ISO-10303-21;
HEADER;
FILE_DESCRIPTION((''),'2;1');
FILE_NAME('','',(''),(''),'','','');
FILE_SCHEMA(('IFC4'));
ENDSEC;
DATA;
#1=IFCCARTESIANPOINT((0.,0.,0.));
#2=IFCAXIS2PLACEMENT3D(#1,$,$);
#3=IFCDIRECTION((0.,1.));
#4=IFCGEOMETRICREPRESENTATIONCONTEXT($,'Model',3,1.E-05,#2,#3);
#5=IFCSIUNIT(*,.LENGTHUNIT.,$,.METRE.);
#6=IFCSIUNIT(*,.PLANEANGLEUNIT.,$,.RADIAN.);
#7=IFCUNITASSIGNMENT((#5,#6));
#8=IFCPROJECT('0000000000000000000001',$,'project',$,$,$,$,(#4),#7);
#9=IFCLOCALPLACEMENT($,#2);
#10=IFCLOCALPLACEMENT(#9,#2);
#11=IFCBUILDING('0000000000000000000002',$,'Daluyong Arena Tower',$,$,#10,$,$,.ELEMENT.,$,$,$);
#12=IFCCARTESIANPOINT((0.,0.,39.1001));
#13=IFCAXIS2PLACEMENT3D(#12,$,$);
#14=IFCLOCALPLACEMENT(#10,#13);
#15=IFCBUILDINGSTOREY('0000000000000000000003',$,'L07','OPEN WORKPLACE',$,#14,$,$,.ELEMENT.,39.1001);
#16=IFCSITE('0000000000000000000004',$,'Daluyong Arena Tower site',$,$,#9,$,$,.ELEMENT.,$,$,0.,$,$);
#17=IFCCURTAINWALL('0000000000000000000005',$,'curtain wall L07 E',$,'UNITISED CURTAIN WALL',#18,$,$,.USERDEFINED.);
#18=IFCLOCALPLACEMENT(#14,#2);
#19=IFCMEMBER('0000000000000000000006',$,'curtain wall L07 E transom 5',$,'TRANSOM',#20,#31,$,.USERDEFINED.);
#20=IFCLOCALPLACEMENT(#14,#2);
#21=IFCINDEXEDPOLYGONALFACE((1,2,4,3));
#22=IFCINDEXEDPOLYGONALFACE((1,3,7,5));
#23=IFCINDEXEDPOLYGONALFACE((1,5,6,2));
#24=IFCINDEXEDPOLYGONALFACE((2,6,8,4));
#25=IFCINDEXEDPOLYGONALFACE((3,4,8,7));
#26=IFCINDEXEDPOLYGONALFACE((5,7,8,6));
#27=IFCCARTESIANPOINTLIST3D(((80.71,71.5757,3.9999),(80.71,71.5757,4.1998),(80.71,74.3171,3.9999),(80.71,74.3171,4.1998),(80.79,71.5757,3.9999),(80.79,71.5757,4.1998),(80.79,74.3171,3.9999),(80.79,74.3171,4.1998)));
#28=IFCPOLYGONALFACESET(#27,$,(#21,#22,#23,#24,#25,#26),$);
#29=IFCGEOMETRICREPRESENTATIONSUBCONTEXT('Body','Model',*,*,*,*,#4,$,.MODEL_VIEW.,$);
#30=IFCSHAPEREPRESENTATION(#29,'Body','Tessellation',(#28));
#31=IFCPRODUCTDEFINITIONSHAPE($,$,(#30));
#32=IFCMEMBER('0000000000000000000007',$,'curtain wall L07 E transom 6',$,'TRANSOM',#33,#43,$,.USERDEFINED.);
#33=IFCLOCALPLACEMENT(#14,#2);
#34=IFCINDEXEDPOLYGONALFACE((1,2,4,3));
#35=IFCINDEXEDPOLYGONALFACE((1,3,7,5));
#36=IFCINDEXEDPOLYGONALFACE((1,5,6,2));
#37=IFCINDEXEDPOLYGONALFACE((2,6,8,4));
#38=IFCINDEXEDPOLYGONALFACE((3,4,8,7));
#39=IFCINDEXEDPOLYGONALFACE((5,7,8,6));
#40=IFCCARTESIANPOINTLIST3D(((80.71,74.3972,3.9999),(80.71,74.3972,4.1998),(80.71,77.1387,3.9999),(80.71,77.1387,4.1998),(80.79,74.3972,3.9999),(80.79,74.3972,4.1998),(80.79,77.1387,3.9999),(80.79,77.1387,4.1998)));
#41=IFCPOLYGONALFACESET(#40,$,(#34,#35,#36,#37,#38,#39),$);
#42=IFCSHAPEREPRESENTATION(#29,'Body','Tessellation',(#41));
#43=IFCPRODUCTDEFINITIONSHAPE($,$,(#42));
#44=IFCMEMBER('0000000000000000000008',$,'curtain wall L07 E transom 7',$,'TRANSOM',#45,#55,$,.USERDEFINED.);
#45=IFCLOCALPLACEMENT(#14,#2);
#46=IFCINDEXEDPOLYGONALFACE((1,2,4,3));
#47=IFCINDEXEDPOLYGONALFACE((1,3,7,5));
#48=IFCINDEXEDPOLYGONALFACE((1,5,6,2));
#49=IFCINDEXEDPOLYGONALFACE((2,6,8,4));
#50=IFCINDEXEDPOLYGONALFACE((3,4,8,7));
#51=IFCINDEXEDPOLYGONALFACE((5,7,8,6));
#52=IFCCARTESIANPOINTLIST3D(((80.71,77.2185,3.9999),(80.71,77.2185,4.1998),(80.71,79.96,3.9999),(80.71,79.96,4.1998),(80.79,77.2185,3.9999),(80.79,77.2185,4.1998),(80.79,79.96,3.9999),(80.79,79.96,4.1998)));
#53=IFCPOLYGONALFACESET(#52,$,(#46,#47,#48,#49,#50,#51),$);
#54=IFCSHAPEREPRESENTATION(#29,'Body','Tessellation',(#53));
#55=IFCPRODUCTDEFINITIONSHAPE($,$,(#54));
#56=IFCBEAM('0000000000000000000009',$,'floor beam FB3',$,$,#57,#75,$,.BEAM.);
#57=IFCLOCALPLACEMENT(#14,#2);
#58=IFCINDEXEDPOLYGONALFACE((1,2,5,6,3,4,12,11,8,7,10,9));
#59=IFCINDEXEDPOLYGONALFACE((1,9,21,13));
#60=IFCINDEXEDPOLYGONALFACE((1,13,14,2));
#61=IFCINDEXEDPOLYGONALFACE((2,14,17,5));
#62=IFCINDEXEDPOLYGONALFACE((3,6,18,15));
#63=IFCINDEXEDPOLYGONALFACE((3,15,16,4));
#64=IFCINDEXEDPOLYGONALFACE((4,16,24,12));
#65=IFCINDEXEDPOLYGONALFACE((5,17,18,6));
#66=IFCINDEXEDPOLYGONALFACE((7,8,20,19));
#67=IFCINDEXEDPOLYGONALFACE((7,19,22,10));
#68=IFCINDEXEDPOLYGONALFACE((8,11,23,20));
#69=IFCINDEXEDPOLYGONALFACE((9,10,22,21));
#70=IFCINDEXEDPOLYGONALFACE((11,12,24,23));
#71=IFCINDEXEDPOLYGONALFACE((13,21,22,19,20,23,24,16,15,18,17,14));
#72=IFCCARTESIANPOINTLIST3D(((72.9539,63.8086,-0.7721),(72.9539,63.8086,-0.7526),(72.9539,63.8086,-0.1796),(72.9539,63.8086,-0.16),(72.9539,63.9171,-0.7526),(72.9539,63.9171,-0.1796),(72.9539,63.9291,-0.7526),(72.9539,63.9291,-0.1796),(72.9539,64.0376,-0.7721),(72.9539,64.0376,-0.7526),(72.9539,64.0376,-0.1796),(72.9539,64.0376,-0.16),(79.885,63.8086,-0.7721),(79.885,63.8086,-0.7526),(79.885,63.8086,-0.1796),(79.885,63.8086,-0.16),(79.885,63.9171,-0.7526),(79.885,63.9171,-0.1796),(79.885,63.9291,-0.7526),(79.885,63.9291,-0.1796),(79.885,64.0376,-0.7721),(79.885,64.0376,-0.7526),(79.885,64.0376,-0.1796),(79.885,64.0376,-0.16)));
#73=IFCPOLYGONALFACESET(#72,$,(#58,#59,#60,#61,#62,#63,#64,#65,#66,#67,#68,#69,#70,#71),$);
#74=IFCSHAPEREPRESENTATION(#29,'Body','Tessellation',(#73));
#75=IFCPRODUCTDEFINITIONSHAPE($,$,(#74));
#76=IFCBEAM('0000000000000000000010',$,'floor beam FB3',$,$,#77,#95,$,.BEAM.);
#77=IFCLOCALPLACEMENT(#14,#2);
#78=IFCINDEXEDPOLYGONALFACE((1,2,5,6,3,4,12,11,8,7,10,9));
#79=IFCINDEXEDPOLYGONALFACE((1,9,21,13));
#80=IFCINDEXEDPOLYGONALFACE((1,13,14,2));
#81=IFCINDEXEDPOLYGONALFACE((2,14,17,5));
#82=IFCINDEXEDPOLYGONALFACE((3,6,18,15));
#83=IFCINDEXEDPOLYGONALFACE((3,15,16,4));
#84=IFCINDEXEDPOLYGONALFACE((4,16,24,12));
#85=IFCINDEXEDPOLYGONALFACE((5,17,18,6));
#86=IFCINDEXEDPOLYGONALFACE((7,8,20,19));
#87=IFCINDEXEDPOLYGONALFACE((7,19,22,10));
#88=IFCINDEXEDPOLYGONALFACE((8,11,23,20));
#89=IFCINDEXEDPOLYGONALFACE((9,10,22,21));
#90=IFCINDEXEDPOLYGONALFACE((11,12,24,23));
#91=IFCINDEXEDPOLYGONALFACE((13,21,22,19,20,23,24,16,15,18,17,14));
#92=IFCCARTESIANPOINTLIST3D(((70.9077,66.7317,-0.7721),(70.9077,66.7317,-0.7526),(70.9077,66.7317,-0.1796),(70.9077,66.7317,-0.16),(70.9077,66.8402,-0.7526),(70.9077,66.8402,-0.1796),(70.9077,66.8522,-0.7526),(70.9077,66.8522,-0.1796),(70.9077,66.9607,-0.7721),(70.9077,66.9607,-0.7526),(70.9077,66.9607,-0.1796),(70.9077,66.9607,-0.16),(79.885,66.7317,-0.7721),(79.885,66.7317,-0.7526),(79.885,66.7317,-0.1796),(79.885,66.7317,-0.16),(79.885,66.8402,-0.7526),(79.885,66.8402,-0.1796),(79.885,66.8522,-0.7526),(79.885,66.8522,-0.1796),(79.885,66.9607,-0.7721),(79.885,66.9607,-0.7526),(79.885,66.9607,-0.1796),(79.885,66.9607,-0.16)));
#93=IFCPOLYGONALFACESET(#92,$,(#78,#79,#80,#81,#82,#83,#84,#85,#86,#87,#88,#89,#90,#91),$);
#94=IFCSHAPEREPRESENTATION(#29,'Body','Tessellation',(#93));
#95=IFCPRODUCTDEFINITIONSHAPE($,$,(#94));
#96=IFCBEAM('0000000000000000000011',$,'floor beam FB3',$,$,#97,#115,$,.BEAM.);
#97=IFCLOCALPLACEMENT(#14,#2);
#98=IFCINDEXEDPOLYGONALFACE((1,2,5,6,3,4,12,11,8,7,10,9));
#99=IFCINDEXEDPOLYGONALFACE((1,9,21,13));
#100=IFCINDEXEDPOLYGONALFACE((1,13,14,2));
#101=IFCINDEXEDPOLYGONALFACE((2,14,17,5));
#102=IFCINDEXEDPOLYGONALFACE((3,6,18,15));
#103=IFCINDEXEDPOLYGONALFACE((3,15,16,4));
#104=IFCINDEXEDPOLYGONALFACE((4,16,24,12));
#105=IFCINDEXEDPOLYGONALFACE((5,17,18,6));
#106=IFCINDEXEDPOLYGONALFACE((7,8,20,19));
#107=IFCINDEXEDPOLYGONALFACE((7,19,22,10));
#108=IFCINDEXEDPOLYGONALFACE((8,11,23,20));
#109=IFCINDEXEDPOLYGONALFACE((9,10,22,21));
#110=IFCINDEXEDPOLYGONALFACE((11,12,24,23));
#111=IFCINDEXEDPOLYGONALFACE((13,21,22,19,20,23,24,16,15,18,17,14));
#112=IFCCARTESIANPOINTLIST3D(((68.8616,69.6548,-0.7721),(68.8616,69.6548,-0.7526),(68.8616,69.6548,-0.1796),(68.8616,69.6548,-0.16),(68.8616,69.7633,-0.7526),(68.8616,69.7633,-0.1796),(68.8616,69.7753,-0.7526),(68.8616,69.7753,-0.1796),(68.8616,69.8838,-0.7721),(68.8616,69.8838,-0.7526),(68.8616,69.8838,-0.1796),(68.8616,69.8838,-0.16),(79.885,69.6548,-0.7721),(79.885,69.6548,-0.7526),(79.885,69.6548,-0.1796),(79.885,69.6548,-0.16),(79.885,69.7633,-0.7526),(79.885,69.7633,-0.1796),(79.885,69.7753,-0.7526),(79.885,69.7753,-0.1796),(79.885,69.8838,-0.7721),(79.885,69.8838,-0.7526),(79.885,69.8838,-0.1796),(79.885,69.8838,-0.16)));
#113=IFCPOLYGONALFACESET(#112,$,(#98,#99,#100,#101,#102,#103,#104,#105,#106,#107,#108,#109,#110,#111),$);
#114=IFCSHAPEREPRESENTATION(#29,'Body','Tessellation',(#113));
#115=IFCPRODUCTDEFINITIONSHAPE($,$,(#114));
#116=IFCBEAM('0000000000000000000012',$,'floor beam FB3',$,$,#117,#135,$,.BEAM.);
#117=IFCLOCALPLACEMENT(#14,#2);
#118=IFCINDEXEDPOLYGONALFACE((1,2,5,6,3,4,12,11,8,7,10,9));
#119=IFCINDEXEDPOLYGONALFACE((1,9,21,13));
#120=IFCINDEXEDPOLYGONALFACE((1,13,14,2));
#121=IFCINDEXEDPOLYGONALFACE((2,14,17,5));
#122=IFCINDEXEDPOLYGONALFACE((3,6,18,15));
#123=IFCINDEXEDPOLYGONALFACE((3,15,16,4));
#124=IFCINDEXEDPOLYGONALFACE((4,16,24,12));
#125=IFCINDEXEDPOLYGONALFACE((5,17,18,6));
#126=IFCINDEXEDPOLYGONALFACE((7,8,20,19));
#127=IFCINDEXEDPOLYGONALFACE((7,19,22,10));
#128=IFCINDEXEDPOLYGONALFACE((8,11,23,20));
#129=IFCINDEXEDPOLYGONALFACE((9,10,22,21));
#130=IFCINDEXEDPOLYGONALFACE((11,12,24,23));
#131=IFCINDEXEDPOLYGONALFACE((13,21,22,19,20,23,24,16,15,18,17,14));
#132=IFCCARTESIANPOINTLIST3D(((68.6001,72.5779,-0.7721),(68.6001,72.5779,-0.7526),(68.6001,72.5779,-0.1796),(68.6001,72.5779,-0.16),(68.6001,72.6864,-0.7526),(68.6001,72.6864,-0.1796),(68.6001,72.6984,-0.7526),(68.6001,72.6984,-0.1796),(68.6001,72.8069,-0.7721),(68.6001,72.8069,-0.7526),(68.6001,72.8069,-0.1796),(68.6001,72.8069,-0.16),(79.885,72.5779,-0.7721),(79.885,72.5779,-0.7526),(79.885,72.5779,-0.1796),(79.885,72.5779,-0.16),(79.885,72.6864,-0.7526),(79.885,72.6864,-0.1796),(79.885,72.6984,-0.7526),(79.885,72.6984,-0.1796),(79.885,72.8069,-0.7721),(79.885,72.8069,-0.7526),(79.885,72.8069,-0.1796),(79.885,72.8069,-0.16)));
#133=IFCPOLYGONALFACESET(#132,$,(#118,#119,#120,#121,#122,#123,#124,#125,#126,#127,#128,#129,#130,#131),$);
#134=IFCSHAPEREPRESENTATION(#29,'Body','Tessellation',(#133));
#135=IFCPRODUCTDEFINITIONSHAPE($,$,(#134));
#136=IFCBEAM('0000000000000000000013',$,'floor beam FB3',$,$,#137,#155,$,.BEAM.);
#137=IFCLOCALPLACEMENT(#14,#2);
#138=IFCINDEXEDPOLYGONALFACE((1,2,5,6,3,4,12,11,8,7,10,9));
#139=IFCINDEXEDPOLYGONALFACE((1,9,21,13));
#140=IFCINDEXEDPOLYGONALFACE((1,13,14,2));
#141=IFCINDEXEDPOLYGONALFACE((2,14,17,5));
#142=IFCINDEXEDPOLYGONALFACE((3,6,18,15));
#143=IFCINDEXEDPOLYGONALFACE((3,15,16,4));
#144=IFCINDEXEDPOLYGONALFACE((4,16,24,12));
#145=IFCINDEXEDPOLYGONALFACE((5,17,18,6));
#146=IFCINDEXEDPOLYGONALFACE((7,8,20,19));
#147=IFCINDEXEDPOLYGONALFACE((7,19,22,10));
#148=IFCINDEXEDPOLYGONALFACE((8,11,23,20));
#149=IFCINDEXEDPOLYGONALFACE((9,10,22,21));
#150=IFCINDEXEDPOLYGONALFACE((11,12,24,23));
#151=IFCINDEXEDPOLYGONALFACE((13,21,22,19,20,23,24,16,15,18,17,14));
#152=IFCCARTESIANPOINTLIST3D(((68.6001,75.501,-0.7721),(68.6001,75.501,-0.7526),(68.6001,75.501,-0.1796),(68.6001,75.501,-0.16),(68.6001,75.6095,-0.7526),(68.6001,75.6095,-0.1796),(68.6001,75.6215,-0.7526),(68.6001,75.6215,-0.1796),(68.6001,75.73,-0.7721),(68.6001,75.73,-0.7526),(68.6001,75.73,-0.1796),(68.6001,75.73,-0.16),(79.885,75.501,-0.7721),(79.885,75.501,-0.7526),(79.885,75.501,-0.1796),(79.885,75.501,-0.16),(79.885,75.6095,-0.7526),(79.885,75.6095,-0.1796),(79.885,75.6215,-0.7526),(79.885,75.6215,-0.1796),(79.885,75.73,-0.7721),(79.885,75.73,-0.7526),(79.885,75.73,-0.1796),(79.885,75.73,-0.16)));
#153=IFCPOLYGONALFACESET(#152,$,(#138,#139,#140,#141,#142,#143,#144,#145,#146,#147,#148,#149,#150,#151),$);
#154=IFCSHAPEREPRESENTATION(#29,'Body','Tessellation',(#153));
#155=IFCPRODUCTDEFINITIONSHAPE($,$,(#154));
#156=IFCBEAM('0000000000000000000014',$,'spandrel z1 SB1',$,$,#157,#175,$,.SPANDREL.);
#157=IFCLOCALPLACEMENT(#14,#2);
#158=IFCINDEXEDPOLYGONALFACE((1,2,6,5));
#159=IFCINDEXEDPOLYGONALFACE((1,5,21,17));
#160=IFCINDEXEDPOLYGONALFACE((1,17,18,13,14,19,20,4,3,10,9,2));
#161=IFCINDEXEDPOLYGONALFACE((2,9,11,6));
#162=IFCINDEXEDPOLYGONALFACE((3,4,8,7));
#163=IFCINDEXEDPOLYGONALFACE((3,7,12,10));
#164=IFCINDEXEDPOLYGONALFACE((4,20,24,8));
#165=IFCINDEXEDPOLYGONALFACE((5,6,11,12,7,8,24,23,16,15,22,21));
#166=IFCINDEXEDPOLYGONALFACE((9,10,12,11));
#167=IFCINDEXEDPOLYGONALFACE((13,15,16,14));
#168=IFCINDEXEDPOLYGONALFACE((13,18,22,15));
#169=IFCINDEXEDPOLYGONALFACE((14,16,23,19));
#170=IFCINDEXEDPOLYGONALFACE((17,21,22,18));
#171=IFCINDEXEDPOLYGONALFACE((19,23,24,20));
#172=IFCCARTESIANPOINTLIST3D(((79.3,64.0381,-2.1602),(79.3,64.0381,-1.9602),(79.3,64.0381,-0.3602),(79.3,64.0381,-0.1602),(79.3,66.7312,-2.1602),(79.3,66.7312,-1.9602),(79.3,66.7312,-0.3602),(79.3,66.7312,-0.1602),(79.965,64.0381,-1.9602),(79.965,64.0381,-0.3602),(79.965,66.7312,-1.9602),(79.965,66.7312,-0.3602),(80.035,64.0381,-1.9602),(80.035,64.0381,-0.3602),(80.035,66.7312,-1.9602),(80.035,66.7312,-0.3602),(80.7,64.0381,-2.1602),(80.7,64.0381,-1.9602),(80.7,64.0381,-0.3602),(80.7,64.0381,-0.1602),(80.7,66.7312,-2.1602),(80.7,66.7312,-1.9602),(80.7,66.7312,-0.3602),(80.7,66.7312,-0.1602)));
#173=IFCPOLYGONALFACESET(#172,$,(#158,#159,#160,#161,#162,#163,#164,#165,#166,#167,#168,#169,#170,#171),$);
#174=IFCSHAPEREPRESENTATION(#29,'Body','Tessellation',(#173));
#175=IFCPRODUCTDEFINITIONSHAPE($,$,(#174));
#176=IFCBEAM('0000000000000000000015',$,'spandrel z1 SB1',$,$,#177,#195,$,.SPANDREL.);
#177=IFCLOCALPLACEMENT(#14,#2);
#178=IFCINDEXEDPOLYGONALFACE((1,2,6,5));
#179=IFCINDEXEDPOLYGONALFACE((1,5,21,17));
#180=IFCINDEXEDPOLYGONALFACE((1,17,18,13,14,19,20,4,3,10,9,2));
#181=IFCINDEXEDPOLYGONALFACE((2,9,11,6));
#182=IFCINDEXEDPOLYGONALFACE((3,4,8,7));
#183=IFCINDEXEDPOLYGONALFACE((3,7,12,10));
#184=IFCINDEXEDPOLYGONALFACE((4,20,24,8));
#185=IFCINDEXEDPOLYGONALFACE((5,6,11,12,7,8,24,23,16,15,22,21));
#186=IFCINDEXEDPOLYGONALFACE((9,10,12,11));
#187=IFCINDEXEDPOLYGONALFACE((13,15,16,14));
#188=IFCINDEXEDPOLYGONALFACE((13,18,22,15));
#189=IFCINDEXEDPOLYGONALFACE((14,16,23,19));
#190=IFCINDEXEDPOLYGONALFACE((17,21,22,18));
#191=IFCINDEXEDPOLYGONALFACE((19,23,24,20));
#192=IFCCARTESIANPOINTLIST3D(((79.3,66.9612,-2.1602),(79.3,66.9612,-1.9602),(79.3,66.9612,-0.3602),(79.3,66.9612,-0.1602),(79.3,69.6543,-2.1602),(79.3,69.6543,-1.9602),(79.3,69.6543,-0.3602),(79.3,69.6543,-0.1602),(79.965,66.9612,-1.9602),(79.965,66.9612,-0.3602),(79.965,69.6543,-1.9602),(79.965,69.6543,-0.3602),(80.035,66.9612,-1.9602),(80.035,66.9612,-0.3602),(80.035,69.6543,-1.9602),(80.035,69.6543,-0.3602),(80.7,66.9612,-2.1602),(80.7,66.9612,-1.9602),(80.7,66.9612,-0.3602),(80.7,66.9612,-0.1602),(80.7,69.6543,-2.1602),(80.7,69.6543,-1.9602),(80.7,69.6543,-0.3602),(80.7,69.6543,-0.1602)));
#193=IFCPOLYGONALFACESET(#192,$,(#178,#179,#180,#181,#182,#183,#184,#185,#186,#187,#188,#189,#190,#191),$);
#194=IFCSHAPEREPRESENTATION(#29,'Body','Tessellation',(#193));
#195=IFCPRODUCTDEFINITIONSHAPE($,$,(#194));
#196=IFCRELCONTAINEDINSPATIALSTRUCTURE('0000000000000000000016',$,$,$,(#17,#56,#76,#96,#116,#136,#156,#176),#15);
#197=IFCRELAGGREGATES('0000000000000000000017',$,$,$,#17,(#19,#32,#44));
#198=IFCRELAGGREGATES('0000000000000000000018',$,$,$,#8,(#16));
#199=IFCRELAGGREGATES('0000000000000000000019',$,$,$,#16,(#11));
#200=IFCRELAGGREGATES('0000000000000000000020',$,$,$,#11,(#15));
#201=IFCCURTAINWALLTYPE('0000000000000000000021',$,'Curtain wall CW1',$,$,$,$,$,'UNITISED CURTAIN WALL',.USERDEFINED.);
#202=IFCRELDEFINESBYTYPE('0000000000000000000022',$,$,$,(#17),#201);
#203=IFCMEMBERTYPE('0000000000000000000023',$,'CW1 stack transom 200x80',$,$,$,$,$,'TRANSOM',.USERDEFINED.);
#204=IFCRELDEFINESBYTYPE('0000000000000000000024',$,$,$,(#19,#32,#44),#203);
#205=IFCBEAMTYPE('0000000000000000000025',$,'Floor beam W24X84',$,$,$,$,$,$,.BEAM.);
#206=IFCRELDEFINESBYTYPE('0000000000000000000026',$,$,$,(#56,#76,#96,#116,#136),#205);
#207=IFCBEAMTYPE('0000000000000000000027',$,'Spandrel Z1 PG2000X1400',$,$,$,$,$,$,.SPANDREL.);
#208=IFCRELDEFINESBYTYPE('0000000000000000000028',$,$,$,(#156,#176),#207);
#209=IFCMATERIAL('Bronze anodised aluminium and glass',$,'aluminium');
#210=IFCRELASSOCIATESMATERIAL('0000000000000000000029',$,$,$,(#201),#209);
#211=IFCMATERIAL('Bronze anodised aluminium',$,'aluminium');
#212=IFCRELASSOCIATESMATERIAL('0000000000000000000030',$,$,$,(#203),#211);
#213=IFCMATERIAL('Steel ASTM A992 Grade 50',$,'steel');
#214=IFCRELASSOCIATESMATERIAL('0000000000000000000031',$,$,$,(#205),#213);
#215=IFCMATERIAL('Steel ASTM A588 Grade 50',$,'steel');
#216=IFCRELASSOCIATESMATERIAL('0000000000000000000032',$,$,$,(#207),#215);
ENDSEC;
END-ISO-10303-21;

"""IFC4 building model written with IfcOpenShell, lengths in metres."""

from ifc_helpers import new_model, si_unit, direction, frame, origin, origin_2d, place, context, subcontext, project, spatial, rectangle, i_section, extrude, material, material_profile, profile_set, type_object, element, aggregate, save


model = new_model("IFC4")

# Units and contexts
model_context = context("Model", 3, precision=1e-05, world=origin(), true_north=direction((0.0, 1.0)))
body_context = subcontext(model_context, "Body", "Model", "MODEL_VIEW")
ifc_project = project(units=[si_unit("LENGTHUNIT", "METRE"), si_unit("PLANEANGLEUNIT", "RADIAN")], contexts=[model_context])

# Site, building, storey
site_placement = place(None, origin())
site = spatial("IfcSite", under=ifc_project, at=site_placement, Name="Daluyong Arena Tower site", CompositionType="ELEMENT", RefElevation=0.0)
building_placement = place(site_placement, origin())
building = spatial("IfcBuilding", under=site, at=building_placement, Name="Daluyong Arena Tower", CompositionType="ELEMENT")
storey_placement = place(building_placement, frame((0.0, 0.0, 39.1001)))
storey = spatial("IfcBuildingStorey", under=building, at=storey_placement, Name="L07", Description="OPEN WORKPLACE", CompositionType="ELEMENT", Elevation=39.1001)

# Curtain wall, members
ifc_material_1 = material(Name="Bronze anodised aluminium and glass", Category="aluminium")
curtain_wall_type = type_object("IfcCurtainWallType", Name="Curtain wall CW1", ElementType="UNITISED CURTAIN WALL", PredefinedType="USERDEFINED", material=ifc_material_1)
curtain_wall_placement = place(storey_placement, origin())
curtain_wall = element("IfcCurtainWall", 1, at=curtain_wall_placement, inside=storey, type_object=curtain_wall_type, Name="curtain wall L07 E", ObjectType="UNITISED CURTAIN WALL", PredefinedType="USERDEFINED")
ifc_material_2 = material(Name="Bronze anodised aluminium", Category="aluminium")
ifc_material_profile_1 = material_profile(ifc_material_2, rectangle(XDim=0.0801, YDim=0.2, at=origin_2d()))
ifc_profile_set_1 = profile_set([ifc_material_profile_1], Name="Bronze anodised aluminium")
member_type_1 = type_object("IfcMemberType", Name="CW1 stack transom 200x80", ElementType="TRANSOM", PredefinedType="USERDEFINED", material=ifc_profile_set_1)
member_1_placement = place(storey_placement, frame((80.75, 71.5757, 4.0999), z_axis=(0.0, 1.0, 0.0), x_axis=(-1.0, 0.0, 0.0)))
member_1 = element("IfcMember", 2, at=member_1_placement, type_object=member_type_1, Name="curtain wall L07 E transom 5", ObjectType="TRANSOM", PredefinedType="USERDEFINED", context=body_context, shape_type="SweptSolid", body=[
    extrude(rectangle(XDim=0.0801, YDim=0.2, at=origin_2d()), origin(), (0.0, 0.0, 1.0), 2.7415),
])
member_2_placement = place(storey_placement, frame((80.75, 74.3972, 4.0999), z_axis=(0.0, 1.0, 0.0), x_axis=(-1.0, 0.0, 0.0)))
member_2 = element("IfcMember", 3, at=member_2_placement, type_object=member_type_1, Name="curtain wall L07 E transom 6", ObjectType="TRANSOM", PredefinedType="USERDEFINED", context=body_context, shape_type="SweptSolid", body=[
    extrude(rectangle(XDim=0.0801, YDim=0.2, at=origin_2d()), origin(), (0.0, 0.0, 1.0), 2.7415),
])
member_3_placement = place(storey_placement, frame((80.75, 77.2185, 4.0999), z_axis=(0.0, 1.0, 0.0), x_axis=(-1.0, 0.0, 0.0)))
member_3 = element("IfcMember", 4, at=member_3_placement, type_object=member_type_1, Name="curtain wall L07 E transom 7", ObjectType="TRANSOM", PredefinedType="USERDEFINED", context=body_context, shape_type="SweptSolid", body=[
    extrude(rectangle(XDim=0.0801, YDim=0.2, at=origin_2d()), origin(), (0.0, 0.0, 1.0), 2.7415),
])

# Beams
ifc_material_3 = material(Name="Steel ASTM A992 Grade 50", Category="steel")
ifc_material_profile_2 = material_profile(ifc_material_3, i_section(OverallWidth=0.229, OverallDepth=0.6121, WebThickness=0.012, FlangeThickness=0.0195, at=origin_2d()))
ifc_profile_set_2 = profile_set([ifc_material_profile_2], Name="Steel ASTM A992 Grade 50")
beam_type_1 = type_object("IfcBeamType", Name="Floor beam W24X84", PredefinedType="BEAM", material=ifc_profile_set_2)
beam_1_placement = place(storey_placement, frame((79.885, 63.9231, -0.4661), z_axis=(-1.0, 0.0, 0.0), x_axis=(0.0, -1.0, 0.0)))
element("IfcBeam", 5, at=beam_1_placement, inside=storey, type_object=beam_type_1, Name="floor beam FB3", PredefinedType="BEAM", context=body_context, shape_type="SweptSolid", body=[
    extrude(i_section(OverallWidth=0.229, OverallDepth=0.6121, WebThickness=0.012, FlangeThickness=0.0195, at=origin_2d()), origin(), (0.0, 0.0, 1.0), 6.9312),
])
beam_2_placement = place(storey_placement, frame((79.885, 66.8462, -0.4661), z_axis=(-1.0, 0.0, 0.0), x_axis=(0.0, -1.0, 0.0)))
element("IfcBeam", 6, at=beam_2_placement, inside=storey, type_object=beam_type_1, Name="floor beam FB3", PredefinedType="BEAM", context=body_context, shape_type="SweptSolid", body=[
    extrude(i_section(OverallWidth=0.229, OverallDepth=0.6121, WebThickness=0.012, FlangeThickness=0.0195, at=origin_2d()), origin(), (0.0, 0.0, 1.0), 8.9773),
])
beam_3_placement = place(storey_placement, frame((79.885, 69.7693, -0.4661), z_axis=(-1.0, 0.0, 0.0), x_axis=(0.0, -1.0, 0.0)))
element("IfcBeam", 7, at=beam_3_placement, inside=storey, type_object=beam_type_1, Name="floor beam FB3", PredefinedType="BEAM", context=body_context, shape_type="SweptSolid", body=[
    extrude(i_section(OverallWidth=0.229, OverallDepth=0.6121, WebThickness=0.012, FlangeThickness=0.0195, at=origin_2d()), origin(), (0.0, 0.0, 1.0), 11.0234),
])
for number, where, z_axis, x_axis, name in (
    (8, (79.885, 72.6924, -0.4661), (-1.0, 0.0, 0.0), (0.0, -1.0, 0.0), "floor beam FB3"),
    (9, (79.885, 75.6155, -0.4661), (-1.0, 0.0, 0.0), (0.0, -1.0, 0.0), "floor beam FB3"),
):
    element("IfcBeam", number, at=place(storey_placement, frame(where, z_axis=z_axis, x_axis=x_axis)), inside=storey, type_object=beam_type_1, Name=name, PredefinedType="BEAM", context=body_context, shape_type="SweptSolid", body=[
        extrude(i_section(OverallWidth=0.229, OverallDepth=0.6121, WebThickness=0.012, FlangeThickness=0.0195, at=origin_2d()), origin(), (0.0, 0.0, 1.0), 11.2849),
    ])
ifc_material_4 = material(Name="Steel ASTM A588 Grade 50", Category="steel")
ifc_material_profile_3 = material_profile(ifc_material_4, i_section(OverallWidth=1.3999, OverallDepth=2.0, WebThickness=0.07, FlangeThickness=0.2, at=origin_2d()))
ifc_profile_set_3 = profile_set([ifc_material_profile_3], Name="Steel ASTM A588 Grade 50")
beam_type_2 = type_object("IfcBeamType", Name="Spandrel Z1 PG2000X1400", PredefinedType="SPANDREL", material=ifc_profile_set_3)
for number, where, z_axis, x_axis, name in (
    (10, (80.0, 64.0381, -1.1602), (0.0, 1.0, 0.0), (-1.0, 0.0, 0.0), "spandrel z1 SB1"),
    (11, (80.0, 66.9612, -1.1602), (0.0, 1.0, 0.0), (-1.0, 0.0, 0.0), "spandrel z1 SB1"),
):
    element("IfcBeam", number, at=place(storey_placement, frame(where, z_axis=z_axis, x_axis=x_axis)), inside=storey, type_object=beam_type_2, Name=name, PredefinedType="SPANDREL", context=body_context, shape_type="SweptSolid", body=[
        extrude(i_section(OverallWidth=1.3999, OverallDepth=2.0, WebThickness=0.07, FlangeThickness=0.2, at=origin_2d()), origin(), (0.0, 0.0, 1.0), 2.6931),
    ])

aggregate(curtain_wall, [member_1, member_2, member_3])

save(model, "model.ifc")
